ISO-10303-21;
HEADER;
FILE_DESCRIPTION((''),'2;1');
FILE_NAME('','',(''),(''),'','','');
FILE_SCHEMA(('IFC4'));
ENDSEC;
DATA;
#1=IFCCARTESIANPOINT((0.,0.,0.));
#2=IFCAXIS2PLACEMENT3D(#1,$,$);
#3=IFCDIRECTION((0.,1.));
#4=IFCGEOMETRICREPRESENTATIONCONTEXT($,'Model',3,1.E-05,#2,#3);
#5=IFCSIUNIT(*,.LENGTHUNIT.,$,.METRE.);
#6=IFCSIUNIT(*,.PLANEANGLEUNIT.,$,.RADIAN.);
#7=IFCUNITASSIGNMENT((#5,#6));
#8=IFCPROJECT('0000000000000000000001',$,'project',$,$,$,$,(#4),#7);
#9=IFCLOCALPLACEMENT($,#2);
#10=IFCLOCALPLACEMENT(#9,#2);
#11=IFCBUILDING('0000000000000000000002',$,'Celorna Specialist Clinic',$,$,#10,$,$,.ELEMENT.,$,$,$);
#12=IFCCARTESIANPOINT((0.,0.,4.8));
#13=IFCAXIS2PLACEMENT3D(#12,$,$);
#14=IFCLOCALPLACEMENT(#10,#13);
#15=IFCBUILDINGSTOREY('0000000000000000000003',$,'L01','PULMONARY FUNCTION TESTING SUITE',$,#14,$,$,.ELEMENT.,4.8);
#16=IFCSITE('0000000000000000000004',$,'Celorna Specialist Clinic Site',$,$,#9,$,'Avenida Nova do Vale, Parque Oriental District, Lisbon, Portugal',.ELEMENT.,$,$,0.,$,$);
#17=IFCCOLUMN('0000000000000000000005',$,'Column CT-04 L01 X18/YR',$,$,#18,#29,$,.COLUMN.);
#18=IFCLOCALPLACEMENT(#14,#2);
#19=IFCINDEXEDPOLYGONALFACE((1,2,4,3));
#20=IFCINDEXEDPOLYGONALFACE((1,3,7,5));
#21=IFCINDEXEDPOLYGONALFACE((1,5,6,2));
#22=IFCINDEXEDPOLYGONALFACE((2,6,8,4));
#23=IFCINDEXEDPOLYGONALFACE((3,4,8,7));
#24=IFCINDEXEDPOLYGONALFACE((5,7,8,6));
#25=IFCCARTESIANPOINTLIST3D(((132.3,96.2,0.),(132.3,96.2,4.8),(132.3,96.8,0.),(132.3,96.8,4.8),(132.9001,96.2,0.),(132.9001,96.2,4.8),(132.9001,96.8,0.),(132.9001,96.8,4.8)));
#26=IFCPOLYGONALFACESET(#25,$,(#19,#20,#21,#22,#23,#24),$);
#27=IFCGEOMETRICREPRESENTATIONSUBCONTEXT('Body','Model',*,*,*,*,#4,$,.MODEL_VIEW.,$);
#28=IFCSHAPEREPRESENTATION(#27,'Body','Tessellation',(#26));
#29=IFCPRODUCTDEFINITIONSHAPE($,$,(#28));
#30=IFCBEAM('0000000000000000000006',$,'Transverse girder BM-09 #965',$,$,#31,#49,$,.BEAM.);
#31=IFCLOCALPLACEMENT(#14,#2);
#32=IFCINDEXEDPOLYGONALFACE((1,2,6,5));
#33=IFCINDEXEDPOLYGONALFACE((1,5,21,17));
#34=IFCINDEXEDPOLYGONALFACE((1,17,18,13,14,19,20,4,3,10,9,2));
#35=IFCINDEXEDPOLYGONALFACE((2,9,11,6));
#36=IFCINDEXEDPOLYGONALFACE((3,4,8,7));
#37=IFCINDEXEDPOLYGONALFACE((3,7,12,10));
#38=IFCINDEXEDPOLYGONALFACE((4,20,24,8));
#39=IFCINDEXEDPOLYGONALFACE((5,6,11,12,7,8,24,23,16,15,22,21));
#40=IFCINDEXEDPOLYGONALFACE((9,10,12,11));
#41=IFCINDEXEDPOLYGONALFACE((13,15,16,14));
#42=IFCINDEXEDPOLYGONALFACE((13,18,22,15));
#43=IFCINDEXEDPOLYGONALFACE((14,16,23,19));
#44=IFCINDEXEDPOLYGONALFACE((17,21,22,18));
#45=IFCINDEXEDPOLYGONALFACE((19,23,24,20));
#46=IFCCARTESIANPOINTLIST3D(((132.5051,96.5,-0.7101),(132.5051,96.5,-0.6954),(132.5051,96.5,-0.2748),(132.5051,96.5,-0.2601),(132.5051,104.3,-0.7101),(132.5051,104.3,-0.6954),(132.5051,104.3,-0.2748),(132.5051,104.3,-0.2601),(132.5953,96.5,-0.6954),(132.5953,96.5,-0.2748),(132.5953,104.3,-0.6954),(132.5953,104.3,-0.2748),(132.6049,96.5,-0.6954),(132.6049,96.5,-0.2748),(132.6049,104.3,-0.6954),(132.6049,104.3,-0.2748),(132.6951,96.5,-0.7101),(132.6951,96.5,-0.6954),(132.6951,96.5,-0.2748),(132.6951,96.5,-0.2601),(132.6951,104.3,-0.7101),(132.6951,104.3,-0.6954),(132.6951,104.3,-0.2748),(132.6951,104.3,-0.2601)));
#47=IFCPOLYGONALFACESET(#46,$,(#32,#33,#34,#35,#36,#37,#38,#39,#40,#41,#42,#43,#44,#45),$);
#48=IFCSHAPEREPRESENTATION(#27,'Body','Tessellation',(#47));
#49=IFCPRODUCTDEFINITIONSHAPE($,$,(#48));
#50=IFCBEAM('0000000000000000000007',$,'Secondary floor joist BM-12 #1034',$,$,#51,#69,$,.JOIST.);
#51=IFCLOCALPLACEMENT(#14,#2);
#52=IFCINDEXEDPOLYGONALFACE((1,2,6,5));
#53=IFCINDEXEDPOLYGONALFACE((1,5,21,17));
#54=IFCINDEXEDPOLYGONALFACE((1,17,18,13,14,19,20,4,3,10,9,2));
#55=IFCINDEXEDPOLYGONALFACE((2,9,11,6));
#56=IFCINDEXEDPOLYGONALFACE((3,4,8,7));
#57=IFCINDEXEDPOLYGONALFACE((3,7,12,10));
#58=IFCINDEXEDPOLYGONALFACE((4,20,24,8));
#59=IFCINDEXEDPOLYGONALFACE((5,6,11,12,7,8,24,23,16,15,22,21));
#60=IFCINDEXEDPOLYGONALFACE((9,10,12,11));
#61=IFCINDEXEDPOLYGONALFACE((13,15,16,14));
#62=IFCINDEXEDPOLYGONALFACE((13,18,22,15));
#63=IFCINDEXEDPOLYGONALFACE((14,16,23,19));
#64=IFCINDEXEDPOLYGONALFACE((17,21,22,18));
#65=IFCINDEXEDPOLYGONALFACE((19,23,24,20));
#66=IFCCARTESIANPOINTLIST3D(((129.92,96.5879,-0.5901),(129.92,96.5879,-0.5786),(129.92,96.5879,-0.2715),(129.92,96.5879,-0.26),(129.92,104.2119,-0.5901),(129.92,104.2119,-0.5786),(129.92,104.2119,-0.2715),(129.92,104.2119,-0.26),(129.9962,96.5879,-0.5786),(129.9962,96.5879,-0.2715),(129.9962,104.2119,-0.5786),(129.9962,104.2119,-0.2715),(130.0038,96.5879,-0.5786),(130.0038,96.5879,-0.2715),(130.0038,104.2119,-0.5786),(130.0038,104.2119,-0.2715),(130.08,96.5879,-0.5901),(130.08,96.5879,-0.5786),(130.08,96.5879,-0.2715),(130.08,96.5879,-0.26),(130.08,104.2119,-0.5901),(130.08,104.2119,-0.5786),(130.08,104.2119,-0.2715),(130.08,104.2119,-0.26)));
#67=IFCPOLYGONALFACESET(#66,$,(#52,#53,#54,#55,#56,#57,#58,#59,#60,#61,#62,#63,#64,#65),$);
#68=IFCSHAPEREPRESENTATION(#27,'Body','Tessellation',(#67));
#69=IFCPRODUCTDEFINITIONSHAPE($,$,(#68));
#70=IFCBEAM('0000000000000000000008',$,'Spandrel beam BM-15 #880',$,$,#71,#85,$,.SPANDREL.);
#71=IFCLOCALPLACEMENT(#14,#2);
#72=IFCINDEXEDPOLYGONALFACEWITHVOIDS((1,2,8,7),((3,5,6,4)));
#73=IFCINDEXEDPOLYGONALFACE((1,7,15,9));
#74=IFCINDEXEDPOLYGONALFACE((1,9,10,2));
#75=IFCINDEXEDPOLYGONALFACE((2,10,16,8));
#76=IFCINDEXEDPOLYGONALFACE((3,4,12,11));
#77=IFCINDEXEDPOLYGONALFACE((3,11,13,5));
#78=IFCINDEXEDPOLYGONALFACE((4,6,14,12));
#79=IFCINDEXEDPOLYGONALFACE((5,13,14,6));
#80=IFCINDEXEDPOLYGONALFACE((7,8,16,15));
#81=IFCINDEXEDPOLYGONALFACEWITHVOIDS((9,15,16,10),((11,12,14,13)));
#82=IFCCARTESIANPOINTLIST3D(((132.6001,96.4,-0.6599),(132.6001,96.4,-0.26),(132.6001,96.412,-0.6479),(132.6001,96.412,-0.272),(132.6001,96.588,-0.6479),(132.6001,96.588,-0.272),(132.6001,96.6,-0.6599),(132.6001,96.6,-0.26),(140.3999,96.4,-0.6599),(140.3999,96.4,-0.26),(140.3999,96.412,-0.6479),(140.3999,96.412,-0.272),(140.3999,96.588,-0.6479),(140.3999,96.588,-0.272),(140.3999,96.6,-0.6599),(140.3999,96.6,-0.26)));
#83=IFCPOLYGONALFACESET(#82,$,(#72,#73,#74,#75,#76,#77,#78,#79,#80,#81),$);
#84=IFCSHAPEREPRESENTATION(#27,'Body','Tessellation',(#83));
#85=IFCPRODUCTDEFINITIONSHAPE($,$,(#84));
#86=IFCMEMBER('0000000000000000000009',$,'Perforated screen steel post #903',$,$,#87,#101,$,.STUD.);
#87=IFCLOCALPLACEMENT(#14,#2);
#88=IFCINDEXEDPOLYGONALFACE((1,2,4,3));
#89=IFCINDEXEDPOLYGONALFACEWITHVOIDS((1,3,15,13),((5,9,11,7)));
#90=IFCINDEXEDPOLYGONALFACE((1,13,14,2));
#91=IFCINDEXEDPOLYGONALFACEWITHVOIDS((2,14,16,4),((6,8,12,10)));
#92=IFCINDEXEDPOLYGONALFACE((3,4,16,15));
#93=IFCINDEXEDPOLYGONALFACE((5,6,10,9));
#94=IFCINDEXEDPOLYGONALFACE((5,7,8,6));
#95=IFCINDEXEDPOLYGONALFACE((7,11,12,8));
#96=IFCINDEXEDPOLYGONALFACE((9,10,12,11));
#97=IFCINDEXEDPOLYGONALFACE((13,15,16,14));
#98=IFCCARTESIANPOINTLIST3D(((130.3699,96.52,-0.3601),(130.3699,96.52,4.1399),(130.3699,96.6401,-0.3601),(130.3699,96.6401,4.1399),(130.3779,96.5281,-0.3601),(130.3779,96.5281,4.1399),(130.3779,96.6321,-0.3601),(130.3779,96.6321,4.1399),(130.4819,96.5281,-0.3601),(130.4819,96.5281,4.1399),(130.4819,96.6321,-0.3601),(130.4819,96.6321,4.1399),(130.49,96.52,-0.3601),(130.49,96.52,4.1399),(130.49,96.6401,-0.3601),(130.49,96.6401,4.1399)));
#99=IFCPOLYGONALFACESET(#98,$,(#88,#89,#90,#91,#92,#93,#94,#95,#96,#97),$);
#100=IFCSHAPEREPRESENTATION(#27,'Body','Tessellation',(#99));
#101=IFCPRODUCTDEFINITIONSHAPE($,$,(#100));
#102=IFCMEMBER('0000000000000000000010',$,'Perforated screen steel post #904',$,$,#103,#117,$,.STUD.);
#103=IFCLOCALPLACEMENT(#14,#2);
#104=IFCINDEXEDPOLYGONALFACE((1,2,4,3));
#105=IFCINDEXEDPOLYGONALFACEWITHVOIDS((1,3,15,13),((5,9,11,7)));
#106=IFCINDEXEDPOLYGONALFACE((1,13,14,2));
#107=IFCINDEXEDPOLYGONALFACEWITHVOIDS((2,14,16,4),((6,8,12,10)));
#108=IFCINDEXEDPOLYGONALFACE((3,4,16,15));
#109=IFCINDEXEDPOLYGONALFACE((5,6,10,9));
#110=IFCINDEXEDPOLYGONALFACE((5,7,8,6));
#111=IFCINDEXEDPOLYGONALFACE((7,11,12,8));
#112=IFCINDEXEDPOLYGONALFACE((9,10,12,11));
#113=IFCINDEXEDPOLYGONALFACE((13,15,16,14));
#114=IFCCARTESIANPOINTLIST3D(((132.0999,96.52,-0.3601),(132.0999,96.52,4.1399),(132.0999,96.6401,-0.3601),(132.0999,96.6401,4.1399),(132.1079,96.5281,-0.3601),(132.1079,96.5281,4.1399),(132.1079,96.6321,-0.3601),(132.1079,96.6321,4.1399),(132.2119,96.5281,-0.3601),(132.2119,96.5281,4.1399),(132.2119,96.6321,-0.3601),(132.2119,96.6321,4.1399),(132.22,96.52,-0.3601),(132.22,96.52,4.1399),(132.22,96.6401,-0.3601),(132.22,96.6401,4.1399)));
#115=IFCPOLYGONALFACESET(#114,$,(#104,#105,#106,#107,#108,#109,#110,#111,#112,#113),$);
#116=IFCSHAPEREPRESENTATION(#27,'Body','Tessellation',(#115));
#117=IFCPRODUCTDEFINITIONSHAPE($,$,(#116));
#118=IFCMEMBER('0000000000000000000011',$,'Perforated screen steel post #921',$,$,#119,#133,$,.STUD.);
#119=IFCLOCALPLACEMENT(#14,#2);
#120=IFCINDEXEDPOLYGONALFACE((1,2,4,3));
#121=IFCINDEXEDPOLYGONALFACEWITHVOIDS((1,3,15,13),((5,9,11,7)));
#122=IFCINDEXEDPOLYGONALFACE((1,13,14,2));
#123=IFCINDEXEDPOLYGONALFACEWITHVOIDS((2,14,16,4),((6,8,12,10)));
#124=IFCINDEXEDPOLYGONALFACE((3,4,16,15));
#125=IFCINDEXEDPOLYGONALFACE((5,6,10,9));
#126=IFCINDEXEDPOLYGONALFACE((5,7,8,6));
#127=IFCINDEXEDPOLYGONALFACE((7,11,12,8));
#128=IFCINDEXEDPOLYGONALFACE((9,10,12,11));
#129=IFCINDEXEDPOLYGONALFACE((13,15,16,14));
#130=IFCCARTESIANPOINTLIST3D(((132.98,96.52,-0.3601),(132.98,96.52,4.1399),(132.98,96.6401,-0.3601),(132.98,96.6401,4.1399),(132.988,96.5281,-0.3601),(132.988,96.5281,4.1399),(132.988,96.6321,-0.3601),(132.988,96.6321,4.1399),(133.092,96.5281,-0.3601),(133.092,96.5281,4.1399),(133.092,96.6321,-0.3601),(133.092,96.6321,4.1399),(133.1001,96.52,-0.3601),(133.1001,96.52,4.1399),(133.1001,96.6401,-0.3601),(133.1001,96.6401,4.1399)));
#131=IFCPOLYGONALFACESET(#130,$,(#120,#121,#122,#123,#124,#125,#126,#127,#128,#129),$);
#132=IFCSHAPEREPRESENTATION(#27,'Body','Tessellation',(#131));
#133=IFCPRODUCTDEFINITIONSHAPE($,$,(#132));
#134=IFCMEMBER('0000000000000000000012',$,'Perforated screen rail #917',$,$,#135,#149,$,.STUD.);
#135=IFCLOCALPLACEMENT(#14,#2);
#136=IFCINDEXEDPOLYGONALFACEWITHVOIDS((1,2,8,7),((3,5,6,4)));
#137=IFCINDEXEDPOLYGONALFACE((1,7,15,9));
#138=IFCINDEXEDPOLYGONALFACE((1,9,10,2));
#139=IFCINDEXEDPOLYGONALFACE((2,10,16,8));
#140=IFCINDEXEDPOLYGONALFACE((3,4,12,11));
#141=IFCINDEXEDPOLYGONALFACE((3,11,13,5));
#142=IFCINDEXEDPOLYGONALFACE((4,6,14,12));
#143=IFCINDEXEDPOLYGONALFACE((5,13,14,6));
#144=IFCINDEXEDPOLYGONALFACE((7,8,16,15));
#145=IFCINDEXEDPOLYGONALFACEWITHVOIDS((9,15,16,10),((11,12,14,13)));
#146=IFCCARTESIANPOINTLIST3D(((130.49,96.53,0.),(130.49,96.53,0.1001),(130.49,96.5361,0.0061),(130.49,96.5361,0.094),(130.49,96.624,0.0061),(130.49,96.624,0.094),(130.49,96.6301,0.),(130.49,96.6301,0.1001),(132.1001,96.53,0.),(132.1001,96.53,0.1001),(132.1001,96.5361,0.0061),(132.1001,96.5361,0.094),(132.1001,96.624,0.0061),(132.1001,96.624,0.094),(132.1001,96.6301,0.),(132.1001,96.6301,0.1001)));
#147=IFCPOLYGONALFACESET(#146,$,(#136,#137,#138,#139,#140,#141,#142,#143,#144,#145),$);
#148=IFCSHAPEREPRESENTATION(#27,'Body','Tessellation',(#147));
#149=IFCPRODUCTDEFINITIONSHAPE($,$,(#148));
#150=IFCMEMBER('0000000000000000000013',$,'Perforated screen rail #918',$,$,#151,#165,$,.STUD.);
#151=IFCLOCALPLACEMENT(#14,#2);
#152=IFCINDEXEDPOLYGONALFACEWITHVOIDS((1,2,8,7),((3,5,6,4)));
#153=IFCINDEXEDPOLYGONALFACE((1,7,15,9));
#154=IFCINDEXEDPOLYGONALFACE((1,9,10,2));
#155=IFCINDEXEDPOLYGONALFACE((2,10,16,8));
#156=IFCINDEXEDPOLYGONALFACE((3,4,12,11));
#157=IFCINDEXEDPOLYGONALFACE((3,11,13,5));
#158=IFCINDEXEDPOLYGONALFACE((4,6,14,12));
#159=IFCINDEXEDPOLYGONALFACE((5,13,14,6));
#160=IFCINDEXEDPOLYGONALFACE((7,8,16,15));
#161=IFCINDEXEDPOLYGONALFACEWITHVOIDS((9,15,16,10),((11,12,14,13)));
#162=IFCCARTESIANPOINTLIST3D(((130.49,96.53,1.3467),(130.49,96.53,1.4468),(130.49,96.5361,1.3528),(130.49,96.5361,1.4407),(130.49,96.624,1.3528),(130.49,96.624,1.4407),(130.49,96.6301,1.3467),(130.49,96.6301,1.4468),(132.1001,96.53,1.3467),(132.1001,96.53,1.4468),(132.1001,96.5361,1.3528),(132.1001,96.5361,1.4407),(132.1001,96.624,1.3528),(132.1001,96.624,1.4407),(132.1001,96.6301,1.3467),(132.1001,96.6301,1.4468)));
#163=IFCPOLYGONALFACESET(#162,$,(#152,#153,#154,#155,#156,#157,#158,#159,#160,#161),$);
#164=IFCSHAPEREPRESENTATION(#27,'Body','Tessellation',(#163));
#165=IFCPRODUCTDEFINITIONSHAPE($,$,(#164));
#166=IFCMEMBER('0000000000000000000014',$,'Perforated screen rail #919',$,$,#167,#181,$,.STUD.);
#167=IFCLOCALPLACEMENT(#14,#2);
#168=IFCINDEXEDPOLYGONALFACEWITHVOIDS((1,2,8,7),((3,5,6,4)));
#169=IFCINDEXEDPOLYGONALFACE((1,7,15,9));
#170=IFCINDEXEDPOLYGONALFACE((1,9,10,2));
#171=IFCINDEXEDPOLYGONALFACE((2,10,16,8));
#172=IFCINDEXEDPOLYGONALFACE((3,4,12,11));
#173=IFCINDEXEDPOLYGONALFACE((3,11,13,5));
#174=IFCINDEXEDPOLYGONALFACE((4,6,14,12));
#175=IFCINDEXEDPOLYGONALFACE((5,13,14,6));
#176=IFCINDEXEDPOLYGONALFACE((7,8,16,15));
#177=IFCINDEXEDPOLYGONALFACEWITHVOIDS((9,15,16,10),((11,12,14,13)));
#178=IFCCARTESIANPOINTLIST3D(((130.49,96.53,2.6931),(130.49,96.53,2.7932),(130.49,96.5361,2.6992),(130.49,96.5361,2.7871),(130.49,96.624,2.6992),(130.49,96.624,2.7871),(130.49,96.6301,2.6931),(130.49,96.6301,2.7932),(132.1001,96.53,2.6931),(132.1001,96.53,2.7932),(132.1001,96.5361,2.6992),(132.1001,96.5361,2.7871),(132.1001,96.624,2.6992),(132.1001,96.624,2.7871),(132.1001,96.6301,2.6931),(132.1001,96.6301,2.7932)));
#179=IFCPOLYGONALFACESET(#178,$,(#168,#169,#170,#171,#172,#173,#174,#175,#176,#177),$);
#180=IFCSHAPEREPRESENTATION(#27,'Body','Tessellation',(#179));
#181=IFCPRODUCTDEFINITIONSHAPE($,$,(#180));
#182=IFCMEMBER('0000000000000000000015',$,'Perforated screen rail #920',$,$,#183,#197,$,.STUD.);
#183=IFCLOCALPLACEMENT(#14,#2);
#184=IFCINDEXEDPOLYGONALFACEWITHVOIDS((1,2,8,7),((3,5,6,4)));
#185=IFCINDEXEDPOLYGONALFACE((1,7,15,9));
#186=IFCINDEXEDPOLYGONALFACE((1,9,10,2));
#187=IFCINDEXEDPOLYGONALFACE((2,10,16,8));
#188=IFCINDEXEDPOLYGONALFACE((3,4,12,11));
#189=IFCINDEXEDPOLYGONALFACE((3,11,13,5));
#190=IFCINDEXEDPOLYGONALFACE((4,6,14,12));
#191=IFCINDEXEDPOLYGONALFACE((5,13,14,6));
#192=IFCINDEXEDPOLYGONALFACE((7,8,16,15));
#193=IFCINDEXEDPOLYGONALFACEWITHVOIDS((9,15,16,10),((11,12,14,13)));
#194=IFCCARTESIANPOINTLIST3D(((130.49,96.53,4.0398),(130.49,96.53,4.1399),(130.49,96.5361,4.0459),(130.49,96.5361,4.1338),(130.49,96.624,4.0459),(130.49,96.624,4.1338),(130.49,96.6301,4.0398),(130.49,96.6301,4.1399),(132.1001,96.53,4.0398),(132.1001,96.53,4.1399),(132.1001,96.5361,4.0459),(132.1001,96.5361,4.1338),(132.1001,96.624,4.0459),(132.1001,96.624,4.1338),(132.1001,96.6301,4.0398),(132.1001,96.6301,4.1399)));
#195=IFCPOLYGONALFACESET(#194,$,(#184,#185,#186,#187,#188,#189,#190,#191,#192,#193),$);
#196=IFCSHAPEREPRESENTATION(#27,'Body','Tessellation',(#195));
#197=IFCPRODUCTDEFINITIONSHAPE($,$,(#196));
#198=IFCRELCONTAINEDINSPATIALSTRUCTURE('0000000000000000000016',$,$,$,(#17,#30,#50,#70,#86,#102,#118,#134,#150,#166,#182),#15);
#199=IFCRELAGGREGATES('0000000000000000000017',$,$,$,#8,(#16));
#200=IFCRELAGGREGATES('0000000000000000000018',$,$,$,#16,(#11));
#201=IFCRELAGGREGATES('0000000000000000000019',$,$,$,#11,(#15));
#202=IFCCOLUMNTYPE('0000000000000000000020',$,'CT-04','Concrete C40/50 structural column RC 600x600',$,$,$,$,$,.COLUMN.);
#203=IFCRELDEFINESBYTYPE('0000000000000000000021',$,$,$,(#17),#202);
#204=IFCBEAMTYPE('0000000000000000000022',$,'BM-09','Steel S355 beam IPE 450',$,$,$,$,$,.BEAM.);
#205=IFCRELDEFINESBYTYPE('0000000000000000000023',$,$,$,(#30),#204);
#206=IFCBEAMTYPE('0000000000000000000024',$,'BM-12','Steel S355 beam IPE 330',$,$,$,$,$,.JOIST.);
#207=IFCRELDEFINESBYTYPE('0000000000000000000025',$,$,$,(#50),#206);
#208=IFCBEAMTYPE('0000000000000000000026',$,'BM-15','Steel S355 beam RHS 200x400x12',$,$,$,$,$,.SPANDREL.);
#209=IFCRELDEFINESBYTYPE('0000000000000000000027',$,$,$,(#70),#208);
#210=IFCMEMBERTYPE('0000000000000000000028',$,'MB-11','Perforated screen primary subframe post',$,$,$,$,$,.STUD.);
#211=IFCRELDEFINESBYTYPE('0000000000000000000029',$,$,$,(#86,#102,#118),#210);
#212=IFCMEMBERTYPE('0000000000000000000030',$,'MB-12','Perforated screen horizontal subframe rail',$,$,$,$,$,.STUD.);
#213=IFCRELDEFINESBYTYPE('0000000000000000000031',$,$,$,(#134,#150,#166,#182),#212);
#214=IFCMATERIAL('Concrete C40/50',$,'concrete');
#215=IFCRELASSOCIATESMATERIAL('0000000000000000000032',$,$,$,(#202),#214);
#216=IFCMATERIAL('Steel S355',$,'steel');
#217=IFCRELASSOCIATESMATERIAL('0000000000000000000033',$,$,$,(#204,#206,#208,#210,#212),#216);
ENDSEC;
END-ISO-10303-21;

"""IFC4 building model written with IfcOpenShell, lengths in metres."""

from ifc_helpers import new_model, si_unit, direction, frame, origin, origin_2d, place, context, subcontext, project, spatial, rectangle, hollow_rectangle, i_section, extrude, material, material_profile, profile_set, type_object, element, save


model = new_model("IFC4")

# Units and contexts
model_context = context("Model", 3, precision=1e-05, world=origin(), true_north=direction((0.0, 1.0)))
body_context = subcontext(model_context, "Body", "Model", "MODEL_VIEW")
ifc_project = project(units=[si_unit("LENGTHUNIT", "METRE"), si_unit("PLANEANGLEUNIT", "RADIAN")], contexts=[model_context])

# Site, building, storey
site_placement = place(None, origin())
site = spatial("IfcSite", under=ifc_project, at=site_placement, Name="Celorna Specialist Clinic Site", LongName="Avenida Nova do Vale, Parque Oriental District, Lisbon, Portugal", CompositionType="ELEMENT", RefElevation=0.0)
building_placement = place(site_placement, origin())
building = spatial("IfcBuilding", under=site, at=building_placement, Name="Celorna Specialist Clinic", CompositionType="ELEMENT")
storey_placement = place(building_placement, frame((0.0, 0.0, 4.8)))
storey = spatial("IfcBuildingStorey", under=building, at=storey_placement, Name="L01", Description="PULMONARY FUNCTION TESTING SUITE", CompositionType="ELEMENT", Elevation=4.8)

# Column
ifc_material_1 = material(Name="Concrete C40/50", Category="concrete")
ifc_material_profile_1 = material_profile(ifc_material_1, rectangle(XDim=0.6001, YDim=0.6001, at=origin_2d()), Name="RC 600x600")
ifc_profile_set_1 = profile_set([ifc_material_profile_1], Name="Concrete C40/50")
column_type = type_object("IfcColumnType", Name="CT-04", Description="Concrete C40/50 structural column RC 600x600", PredefinedType="COLUMN", material=ifc_profile_set_1)
column_placement = place(storey_placement, frame((132.6001, 96.5, 0.0), z_axis=(0.0, 0.0, 1.0), x_axis=(1.0, 0.0, 0.0)))
element("IfcColumn", 1, at=column_placement, inside=storey, type_object=column_type, Name="Column CT-04 L01 X18/YR", PredefinedType="COLUMN", context=body_context, shape_type="SweptSolid", body=[
    extrude(rectangle(XDim=0.6001, YDim=0.6001, at=origin_2d()), origin(), (0.0, 0.0, 1.0), 4.8),
])

# Beams
ifc_material_2 = material(Name="Steel S355", Category="steel")
ifc_material_profile_2 = material_profile(ifc_material_2, i_section(OverallWidth=0.1899, OverallDepth=0.45, WebThickness=0.0095, FlangeThickness=0.0146, at=origin_2d()), Name="IPE 450")
ifc_profile_set_2 = profile_set([ifc_material_profile_2], Name="Steel S355")
beam_type_1 = type_object("IfcBeamType", Name="BM-09", Description="Steel S355 beam IPE 450", PredefinedType="BEAM", material=ifc_profile_set_2)
beam_1_placement = place(storey_placement, frame((132.6001, 96.5, -0.4851), z_axis=(0.0, 1.0, 0.0), x_axis=(-1.0, 0.0, 0.0)))
element("IfcBeam", 2, at=beam_1_placement, inside=storey, type_object=beam_type_1, Name="Transverse girder BM-09 #965", PredefinedType="BEAM", context=body_context, shape_type="SweptSolid", body=[
    extrude(i_section(OverallWidth=0.1899, OverallDepth=0.45, WebThickness=0.0095, FlangeThickness=0.0146, at=origin_2d()), origin(), (0.0, 0.0, 1.0), 7.8),
])
ifc_material_profile_3 = material_profile(ifc_material_2, i_section(OverallWidth=0.1599, OverallDepth=0.3301, WebThickness=0.0076, FlangeThickness=0.0115, at=origin_2d()), Name="IPE 330")
ifc_profile_set_3 = profile_set([ifc_material_profile_3], Name="Steel S355")
beam_type_2 = type_object("IfcBeamType", Name="BM-12", Description="Steel S355 beam IPE 330", PredefinedType="JOIST", material=ifc_profile_set_3)
beam_2_placement = place(storey_placement, frame((130.0, 96.5879, -0.425), z_axis=(0.0, 1.0, 0.0), x_axis=(-1.0, 0.0, 0.0)))
element("IfcBeam", 3, at=beam_2_placement, inside=storey, type_object=beam_type_2, Name="Secondary floor joist BM-12 #1034", PredefinedType="JOIST", context=body_context, shape_type="SweptSolid", body=[
    extrude(i_section(OverallWidth=0.1599, OverallDepth=0.3301, WebThickness=0.0076, FlangeThickness=0.0115, at=origin_2d()), origin(), (0.0, 0.0, 1.0), 7.624),
])
ifc_material_profile_4 = material_profile(ifc_material_2, hollow_rectangle(XDim=0.2, YDim=0.3999, WallThickness=0.012, at=origin_2d()), Name="RHS 200x400x12")
ifc_profile_set_4 = profile_set([ifc_material_profile_4], Name="Steel S355")
beam_type_3 = type_object("IfcBeamType", Name="BM-15", Description="Steel S355 beam RHS 200x400x12", PredefinedType="SPANDREL", material=ifc_profile_set_4)
beam_3_placement = place(storey_placement, frame((132.6001, 96.5, -0.46), z_axis=(1.0, 0.0, 0.0), x_axis=(0.0, 1.0, 0.0)))
element("IfcBeam", 4, at=beam_3_placement, inside=storey, type_object=beam_type_3, Name="Spandrel beam BM-15 #880", PredefinedType="SPANDREL", context=body_context, shape_type="SweptSolid", body=[
    extrude(hollow_rectangle(XDim=0.2, YDim=0.3999, WallThickness=0.012, at=origin_2d()), origin(), (0.0, 0.0, 1.0), 7.7998),
])

# Members
ifc_material_profile_5 = material_profile(ifc_material_2, hollow_rectangle(XDim=0.1201, YDim=0.1201, WallThickness=0.0081, at=origin_2d()), Name="SHS 120x120x8")
ifc_profile_set_5 = profile_set([ifc_material_profile_5], Name="Steel S355")
member_type_1 = type_object("IfcMemberType", Name="MB-11", Description="Perforated screen primary subframe post", PredefinedType="STUD", material=ifc_profile_set_5)
for number, where, z_axis, x_axis, name in (
    (5, (130.4299, 96.5801, -0.3601), (0.0, 0.0, 1.0), (1.0, 0.0, 0.0), "Perforated screen steel post #903"),
    (6, (132.1599, 96.5801, -0.3601), (0.0, 0.0, 1.0), (1.0, 0.0, 0.0), "Perforated screen steel post #904"),
    (7, (133.04, 96.5801, -0.3601), (0.0, 0.0, 1.0), (1.0, 0.0, 0.0), "Perforated screen steel post #921"),
):
    element("IfcMember", number, at=place(storey_placement, frame(where, z_axis=z_axis, x_axis=x_axis)), inside=storey, type_object=member_type_1, Name=name, PredefinedType="STUD", context=body_context, shape_type="SweptSolid", body=[
        extrude(hollow_rectangle(XDim=0.1201, YDim=0.1201, WallThickness=0.0081, at=origin_2d()), origin(), (0.0, 0.0, 1.0), 4.5),
    ])
ifc_material_profile_6 = material_profile(ifc_material_2, hollow_rectangle(XDim=0.1001, YDim=0.1001, WallThickness=0.0061, at=origin_2d()), Name="SHS 100x100x6")
ifc_profile_set_6 = profile_set([ifc_material_profile_6], Name="Steel S355")
member_type_2 = type_object("IfcMemberType", Name="MB-12", Description="Perforated screen horizontal subframe rail", PredefinedType="STUD", material=ifc_profile_set_6)
for number, where, z_axis, x_axis, name in (
    (8, (130.49, 96.5801, 0.05), (1.0, 0.0, 0.0), (0.0, 1.0, 0.0), "Perforated screen rail #917"),
    (9, (130.49, 96.5801, 1.3967), (1.0, 0.0, 0.0), (0.0, 1.0, 0.0), "Perforated screen rail #918"),
    (10, (130.49, 96.5801, 2.7432), (1.0, 0.0, 0.0), (0.0, 1.0, 0.0), "Perforated screen rail #919"),
    (11, (130.49, 96.5801, 4.0898), (1.0, 0.0, 0.0), (0.0, 1.0, 0.0), "Perforated screen rail #920"),
):
    element("IfcMember", number, at=place(storey_placement, frame(where, z_axis=z_axis, x_axis=x_axis)), inside=storey, type_object=member_type_2, Name=name, PredefinedType="STUD", context=body_context, shape_type="SweptSolid", body=[
        extrude(hollow_rectangle(XDim=0.1001, YDim=0.1001, WallThickness=0.0061, at=origin_2d()), origin(), (0.0, 0.0, 1.0), 1.6101),
    ])

save(model, "model.ifc")
